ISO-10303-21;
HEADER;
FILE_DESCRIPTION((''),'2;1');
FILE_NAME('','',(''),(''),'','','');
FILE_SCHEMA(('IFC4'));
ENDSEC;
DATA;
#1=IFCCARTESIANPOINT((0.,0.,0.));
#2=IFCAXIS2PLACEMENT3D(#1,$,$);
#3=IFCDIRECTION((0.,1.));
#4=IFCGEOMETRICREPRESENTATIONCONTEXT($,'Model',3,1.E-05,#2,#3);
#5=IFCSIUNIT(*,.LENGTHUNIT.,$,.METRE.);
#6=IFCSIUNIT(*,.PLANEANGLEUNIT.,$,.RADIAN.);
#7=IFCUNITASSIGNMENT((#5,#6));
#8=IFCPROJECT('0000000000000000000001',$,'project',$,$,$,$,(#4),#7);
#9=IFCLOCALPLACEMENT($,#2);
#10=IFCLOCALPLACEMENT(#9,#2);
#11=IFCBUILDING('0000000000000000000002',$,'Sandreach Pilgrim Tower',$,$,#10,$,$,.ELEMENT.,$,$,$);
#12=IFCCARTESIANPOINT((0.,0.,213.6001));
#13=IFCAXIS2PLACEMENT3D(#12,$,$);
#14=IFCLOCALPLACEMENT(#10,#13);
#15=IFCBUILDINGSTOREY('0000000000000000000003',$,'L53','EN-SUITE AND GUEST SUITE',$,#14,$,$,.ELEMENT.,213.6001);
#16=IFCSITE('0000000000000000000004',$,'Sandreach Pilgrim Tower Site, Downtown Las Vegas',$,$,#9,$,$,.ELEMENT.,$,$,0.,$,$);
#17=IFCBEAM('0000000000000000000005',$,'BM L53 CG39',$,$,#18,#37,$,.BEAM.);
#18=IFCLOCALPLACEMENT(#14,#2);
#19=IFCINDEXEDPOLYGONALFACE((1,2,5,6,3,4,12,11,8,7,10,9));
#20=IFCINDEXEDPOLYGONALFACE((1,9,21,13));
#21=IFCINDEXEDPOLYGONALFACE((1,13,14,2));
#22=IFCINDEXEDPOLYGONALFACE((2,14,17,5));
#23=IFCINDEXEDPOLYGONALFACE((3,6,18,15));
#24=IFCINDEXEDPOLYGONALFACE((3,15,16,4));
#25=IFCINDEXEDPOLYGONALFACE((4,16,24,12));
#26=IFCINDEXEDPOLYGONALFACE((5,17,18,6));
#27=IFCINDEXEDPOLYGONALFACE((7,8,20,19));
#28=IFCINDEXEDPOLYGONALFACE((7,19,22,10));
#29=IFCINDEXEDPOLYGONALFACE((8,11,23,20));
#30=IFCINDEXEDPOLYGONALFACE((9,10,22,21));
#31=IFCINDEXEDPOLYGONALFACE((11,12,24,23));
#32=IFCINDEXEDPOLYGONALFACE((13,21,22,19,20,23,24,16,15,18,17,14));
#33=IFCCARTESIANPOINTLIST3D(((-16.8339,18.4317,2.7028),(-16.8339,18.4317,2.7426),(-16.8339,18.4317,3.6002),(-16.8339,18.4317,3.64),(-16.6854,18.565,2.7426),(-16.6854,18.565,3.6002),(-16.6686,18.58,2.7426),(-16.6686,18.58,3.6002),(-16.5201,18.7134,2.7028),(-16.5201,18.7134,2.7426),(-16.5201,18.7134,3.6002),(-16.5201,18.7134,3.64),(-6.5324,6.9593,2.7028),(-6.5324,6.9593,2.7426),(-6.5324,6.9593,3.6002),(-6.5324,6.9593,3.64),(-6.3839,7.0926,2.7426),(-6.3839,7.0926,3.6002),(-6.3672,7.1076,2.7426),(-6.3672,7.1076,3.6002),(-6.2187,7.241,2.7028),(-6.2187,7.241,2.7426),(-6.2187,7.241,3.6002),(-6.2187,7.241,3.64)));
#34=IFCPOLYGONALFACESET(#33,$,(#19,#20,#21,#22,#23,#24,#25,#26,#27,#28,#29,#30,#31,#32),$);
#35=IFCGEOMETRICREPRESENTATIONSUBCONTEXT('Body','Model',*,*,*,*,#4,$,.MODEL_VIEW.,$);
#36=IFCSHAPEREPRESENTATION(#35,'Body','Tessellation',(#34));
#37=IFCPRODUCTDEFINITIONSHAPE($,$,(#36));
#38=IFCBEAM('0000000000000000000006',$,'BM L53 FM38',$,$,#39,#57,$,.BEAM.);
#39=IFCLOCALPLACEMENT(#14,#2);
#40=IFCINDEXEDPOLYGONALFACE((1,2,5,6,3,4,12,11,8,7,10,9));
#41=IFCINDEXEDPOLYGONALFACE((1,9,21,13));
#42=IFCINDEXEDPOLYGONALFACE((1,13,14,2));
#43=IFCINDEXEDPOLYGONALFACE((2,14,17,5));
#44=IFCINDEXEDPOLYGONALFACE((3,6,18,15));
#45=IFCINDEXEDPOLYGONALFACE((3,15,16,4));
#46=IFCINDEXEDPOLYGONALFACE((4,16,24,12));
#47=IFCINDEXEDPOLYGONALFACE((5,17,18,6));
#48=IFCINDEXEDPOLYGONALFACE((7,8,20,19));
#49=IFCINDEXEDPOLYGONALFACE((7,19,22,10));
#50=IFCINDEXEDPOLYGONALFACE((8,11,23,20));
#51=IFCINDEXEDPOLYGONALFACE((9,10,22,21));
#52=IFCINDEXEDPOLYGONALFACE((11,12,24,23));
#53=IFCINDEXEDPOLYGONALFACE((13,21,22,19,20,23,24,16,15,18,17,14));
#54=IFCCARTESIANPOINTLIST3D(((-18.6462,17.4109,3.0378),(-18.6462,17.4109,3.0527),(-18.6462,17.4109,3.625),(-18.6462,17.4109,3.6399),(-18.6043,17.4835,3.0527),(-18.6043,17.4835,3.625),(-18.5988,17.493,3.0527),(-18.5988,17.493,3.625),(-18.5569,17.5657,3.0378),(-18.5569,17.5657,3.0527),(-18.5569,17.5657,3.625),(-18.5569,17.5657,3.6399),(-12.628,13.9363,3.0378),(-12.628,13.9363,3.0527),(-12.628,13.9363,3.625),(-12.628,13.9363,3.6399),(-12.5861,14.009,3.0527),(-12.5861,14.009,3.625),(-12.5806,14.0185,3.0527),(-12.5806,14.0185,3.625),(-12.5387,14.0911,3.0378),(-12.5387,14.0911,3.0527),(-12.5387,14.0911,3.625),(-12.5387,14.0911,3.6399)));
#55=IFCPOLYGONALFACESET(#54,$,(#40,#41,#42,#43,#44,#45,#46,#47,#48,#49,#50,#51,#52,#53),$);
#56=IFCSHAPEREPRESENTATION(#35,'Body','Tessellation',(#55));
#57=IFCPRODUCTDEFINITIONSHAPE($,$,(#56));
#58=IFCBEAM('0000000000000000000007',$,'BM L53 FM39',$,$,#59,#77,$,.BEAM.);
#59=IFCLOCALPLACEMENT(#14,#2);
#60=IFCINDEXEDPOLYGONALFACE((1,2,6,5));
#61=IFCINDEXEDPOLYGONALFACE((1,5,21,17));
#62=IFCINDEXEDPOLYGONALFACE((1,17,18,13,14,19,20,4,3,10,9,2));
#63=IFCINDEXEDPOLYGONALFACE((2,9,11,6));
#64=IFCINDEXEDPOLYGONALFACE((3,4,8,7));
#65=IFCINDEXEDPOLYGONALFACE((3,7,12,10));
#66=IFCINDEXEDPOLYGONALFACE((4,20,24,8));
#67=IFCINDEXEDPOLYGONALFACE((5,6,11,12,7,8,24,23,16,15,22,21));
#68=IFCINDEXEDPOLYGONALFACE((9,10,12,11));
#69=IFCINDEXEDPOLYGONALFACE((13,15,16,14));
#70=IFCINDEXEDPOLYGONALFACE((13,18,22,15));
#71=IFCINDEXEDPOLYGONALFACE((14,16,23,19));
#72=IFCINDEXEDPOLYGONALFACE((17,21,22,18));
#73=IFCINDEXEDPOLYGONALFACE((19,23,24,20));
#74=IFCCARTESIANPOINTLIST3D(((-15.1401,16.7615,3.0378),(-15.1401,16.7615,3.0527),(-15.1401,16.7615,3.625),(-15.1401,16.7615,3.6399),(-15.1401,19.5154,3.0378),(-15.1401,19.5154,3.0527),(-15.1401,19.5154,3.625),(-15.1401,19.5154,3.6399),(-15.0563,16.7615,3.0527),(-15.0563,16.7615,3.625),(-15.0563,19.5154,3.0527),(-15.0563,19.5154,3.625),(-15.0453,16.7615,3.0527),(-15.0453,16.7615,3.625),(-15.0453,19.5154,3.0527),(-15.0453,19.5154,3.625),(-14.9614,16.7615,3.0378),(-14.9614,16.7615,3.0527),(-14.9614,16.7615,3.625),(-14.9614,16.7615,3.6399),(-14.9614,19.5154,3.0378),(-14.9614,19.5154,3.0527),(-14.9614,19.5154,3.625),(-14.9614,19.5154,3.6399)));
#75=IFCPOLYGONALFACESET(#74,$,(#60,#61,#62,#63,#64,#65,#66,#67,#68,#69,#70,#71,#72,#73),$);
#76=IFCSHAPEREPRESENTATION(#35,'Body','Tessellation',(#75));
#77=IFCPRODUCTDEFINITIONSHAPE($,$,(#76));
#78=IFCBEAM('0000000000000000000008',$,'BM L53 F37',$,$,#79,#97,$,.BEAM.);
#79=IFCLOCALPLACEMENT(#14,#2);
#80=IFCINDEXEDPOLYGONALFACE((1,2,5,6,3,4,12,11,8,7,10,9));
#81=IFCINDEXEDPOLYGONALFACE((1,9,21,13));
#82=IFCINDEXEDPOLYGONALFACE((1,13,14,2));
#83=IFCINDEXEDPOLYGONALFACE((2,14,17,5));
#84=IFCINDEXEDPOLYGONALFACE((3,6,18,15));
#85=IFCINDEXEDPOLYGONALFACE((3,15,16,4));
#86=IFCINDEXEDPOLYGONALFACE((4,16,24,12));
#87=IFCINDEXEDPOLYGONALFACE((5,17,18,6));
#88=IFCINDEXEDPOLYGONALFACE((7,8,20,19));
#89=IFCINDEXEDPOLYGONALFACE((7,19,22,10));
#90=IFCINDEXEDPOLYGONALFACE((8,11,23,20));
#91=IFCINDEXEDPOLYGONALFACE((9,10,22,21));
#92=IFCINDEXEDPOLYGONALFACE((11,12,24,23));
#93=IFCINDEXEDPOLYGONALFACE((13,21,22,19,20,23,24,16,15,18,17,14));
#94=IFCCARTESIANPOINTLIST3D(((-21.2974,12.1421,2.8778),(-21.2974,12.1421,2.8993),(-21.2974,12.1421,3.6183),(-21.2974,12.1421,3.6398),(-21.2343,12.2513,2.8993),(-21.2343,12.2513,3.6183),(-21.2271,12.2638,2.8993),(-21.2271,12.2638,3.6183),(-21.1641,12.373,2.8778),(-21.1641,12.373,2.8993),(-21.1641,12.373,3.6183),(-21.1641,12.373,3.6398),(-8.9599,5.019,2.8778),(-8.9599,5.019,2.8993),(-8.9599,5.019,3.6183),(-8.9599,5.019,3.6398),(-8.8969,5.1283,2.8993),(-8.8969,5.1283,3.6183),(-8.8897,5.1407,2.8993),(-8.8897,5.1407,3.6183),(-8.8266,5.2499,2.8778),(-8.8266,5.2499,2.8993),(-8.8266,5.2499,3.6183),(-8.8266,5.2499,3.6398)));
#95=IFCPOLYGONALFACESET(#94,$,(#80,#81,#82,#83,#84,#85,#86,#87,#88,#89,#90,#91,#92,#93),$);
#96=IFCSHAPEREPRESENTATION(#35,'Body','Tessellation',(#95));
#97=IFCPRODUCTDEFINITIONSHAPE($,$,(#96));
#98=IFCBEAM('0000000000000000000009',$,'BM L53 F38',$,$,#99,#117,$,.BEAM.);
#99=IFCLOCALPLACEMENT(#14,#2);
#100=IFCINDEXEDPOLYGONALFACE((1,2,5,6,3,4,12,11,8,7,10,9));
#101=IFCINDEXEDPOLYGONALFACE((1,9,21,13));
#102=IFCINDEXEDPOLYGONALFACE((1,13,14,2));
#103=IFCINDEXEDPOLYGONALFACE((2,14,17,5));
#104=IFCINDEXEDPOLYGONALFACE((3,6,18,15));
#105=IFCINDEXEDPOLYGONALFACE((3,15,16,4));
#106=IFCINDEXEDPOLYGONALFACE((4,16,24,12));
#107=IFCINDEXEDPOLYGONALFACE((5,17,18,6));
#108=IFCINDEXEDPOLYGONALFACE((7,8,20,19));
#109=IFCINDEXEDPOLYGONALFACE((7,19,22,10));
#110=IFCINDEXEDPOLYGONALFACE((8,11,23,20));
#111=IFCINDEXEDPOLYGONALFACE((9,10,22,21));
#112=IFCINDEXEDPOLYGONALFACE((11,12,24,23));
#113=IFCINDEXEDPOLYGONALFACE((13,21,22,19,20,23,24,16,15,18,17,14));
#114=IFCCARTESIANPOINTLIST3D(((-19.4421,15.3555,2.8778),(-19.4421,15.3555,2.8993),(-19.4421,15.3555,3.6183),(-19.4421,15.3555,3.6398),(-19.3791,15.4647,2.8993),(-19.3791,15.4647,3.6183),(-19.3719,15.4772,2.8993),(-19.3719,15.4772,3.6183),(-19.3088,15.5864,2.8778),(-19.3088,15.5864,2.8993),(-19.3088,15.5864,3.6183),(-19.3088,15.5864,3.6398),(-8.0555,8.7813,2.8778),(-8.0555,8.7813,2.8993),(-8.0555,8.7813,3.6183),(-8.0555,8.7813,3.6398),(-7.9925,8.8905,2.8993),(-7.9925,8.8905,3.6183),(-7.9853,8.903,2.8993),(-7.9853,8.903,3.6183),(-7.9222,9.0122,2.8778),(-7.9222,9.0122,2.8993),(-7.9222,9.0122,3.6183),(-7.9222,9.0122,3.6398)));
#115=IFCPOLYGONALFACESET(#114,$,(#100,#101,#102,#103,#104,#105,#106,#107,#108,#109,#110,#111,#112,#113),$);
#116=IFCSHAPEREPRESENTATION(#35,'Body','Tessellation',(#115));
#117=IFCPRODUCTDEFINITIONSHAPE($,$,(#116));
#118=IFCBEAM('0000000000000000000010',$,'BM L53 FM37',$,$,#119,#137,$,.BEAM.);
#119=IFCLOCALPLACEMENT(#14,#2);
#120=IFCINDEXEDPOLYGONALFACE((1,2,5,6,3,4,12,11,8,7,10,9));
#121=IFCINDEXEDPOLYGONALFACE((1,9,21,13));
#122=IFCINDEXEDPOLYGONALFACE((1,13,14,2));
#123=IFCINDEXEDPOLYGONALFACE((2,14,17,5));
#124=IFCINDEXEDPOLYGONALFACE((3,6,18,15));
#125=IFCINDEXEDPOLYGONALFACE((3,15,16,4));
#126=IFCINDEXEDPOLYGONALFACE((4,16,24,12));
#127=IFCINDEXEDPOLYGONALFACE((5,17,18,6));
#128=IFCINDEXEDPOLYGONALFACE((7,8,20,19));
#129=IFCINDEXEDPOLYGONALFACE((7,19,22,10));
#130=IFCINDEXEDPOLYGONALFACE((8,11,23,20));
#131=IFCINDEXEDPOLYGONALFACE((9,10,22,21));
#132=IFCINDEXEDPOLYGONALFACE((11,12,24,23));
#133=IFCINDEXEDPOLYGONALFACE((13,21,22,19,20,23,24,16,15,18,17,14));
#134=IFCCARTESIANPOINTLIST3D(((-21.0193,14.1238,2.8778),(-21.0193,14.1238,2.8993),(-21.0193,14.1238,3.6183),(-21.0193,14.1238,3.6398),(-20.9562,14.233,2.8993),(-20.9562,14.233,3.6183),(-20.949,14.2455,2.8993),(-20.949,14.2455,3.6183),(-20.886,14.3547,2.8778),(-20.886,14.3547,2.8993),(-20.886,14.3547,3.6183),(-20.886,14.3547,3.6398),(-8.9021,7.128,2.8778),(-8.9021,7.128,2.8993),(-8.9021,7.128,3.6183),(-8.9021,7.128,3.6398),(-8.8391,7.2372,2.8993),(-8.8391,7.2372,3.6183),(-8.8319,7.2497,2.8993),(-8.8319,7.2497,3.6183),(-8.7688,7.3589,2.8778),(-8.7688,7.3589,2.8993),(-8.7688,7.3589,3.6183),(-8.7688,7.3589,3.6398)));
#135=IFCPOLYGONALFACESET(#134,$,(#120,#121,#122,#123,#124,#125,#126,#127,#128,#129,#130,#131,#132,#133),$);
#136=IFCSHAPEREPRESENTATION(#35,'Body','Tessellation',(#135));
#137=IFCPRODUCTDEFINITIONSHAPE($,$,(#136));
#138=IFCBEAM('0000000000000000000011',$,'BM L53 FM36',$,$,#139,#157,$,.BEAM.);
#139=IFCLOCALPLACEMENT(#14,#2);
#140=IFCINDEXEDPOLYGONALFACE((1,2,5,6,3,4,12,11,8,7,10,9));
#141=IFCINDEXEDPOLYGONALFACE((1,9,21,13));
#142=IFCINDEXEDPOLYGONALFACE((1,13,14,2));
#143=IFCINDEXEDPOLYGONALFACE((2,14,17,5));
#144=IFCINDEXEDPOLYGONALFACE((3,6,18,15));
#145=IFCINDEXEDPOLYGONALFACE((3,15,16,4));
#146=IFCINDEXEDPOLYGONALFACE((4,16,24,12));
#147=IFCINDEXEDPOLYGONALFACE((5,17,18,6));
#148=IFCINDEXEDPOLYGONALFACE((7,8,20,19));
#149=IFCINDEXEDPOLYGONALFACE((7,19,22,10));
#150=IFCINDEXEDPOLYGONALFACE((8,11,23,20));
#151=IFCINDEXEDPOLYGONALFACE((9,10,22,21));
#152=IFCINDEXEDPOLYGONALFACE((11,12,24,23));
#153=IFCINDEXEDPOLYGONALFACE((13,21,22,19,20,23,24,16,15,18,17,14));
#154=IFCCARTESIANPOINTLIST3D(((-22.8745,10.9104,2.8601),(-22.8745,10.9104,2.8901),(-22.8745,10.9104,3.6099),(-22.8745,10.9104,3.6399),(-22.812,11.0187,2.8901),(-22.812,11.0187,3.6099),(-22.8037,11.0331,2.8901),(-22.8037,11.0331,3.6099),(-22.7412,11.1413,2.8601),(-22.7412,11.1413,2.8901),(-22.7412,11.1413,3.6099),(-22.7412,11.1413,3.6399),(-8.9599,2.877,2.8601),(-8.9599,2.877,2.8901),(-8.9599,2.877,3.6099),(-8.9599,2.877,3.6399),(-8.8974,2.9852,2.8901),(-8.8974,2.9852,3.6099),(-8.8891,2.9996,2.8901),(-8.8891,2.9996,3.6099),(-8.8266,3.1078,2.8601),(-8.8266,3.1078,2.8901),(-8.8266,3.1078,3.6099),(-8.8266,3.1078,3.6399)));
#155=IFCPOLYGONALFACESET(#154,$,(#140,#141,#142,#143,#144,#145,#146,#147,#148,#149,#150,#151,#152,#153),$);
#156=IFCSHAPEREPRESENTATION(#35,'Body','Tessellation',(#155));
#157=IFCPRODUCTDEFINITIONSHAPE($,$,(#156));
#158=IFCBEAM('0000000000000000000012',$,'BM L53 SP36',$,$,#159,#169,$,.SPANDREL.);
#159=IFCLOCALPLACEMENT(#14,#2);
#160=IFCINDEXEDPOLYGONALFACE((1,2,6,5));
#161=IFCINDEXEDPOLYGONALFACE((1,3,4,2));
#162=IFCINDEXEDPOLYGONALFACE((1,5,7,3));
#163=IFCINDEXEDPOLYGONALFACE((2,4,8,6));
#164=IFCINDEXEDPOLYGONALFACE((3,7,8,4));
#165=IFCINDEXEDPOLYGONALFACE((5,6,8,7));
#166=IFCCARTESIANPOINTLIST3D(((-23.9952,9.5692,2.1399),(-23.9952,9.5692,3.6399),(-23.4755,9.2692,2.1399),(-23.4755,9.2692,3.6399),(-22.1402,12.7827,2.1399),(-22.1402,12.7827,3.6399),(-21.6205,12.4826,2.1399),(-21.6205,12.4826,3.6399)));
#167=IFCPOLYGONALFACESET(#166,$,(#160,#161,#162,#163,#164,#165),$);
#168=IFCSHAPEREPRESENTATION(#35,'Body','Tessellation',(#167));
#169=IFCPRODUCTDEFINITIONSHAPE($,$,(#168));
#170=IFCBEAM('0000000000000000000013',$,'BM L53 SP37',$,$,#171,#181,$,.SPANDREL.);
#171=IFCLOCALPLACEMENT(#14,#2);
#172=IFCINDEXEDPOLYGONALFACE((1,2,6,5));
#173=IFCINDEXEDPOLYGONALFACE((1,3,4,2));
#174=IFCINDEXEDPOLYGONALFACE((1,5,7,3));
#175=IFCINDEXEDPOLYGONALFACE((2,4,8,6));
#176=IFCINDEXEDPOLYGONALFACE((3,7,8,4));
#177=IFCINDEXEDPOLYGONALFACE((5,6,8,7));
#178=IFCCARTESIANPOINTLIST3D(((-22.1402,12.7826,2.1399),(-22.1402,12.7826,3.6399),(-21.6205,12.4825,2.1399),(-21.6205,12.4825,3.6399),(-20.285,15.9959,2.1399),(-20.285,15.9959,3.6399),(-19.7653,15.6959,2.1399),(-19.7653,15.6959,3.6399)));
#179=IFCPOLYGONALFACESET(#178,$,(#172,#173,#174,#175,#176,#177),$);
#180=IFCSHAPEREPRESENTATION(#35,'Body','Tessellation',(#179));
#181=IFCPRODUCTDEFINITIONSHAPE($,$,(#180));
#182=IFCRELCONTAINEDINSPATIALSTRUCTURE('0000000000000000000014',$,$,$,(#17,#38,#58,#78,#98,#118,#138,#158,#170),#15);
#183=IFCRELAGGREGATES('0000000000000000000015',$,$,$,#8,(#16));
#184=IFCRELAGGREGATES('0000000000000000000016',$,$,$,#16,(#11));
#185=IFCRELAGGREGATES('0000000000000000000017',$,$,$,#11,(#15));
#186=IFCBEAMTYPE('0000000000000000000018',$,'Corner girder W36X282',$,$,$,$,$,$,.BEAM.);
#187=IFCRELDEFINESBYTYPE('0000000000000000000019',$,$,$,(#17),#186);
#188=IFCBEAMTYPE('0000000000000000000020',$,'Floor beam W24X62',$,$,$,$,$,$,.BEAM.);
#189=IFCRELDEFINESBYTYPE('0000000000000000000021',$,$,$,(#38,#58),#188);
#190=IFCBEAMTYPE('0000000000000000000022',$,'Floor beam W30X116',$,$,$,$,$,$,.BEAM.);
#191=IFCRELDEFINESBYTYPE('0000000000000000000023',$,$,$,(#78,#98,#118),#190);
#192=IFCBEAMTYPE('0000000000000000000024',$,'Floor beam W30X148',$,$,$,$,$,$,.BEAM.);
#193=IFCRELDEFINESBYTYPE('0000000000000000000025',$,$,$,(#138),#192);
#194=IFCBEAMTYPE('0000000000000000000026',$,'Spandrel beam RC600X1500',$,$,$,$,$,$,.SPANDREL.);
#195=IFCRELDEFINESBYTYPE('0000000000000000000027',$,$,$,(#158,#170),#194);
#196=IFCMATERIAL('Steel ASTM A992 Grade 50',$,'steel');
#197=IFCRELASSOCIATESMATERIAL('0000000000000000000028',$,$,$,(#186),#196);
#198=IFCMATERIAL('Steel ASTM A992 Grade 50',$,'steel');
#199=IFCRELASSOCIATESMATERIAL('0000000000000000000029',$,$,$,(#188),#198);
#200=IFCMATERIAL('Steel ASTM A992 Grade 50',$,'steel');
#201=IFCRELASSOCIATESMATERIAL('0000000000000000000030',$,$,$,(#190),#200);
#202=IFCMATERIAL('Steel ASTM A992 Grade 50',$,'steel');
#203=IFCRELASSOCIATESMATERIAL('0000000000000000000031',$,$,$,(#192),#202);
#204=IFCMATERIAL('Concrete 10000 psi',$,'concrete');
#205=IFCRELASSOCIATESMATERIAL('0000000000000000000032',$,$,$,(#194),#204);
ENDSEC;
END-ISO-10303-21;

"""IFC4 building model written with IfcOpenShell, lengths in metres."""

from ifc_helpers import new_model, si_unit, direction, frame, origin, origin_2d, place, context, subcontext, project, spatial, rectangle, i_section, extrude, material, material_profile, profile_set, type_object, element, save


model = new_model("IFC4")

# Units and contexts
model_context = context("Model", 3, precision=1e-05, world=origin(), true_north=direction((0.0, 1.0)))
body_context = subcontext(model_context, "Body", "Model", "MODEL_VIEW")
ifc_project = project(units=[si_unit("LENGTHUNIT", "METRE"), si_unit("PLANEANGLEUNIT", "RADIAN")], contexts=[model_context])

# Site, building, storey
site_placement = place(None, origin())
site = spatial("IfcSite", under=ifc_project, at=site_placement, Name="Sandreach Pilgrim Tower Site, Downtown Las Vegas", CompositionType="ELEMENT", RefElevation=0.0)
building_placement = place(site_placement, origin())
building = spatial("IfcBuilding", under=site, at=building_placement, Name="Sandreach Pilgrim Tower", CompositionType="ELEMENT")
storey_placement = place(building_placement, frame((0.0, 0.0, 213.6001)))
storey = spatial("IfcBuildingStorey", under=building, at=storey_placement, Name="L53", Description="EN-SUITE AND GUEST SUITE", CompositionType="ELEMENT", Elevation=213.6001)

# Beams
ifc_material_1 = material(Name="Steel ASTM A992 Grade 50", Category="steel")
ifc_material_profile_1 = material_profile(ifc_material_1, i_section(OverallWidth=0.4216, OverallDepth=0.9373, WebThickness=0.0225, FlangeThickness=0.0398, at=origin_2d()), Name="W36X282")
ifc_profile_set_1 = profile_set([ifc_material_profile_1], Name="Steel ASTM A992 Grade 50")
beam_type_1 = type_object("IfcBeamType", Name="Corner girder W36X282", PredefinedType="BEAM", material=ifc_profile_set_1)
beam_1_placement = place(storey_placement, frame((-16.677, 18.5725, 3.1714), z_axis=(0.668117, -0.744057, 0.0), x_axis=(0.744057, 0.668117, 0.0)))
element("IfcBeam", 1, at=beam_1_placement, inside=storey, type_object=beam_type_1, Name="BM L53 CG39", PredefinedType="BEAM", context=body_context, shape_type="SweptSolid", body=[
    extrude(i_section(OverallWidth=0.4216, OverallDepth=0.9373, WebThickness=0.0225, FlangeThickness=0.0398, at=origin_2d()), origin(), (0.0, 0.0, 1.0), 15.4187),
])
ifc_material_2 = material(Name="Steel ASTM A992 Grade 50", Category="steel")
ifc_material_profile_2 = material_profile(ifc_material_2, i_section(OverallWidth=0.1787, OverallDepth=0.6021, WebThickness=0.011, FlangeThickness=0.0149, at=origin_2d()), Name="W24X62")
ifc_profile_set_2 = profile_set([ifc_material_profile_2], Name="Steel ASTM A992 Grade 50")
beam_type_2 = type_object("IfcBeamType", Name="Floor beam W24X62", PredefinedType="BEAM", material=ifc_profile_set_2)
beam_2_placement = place(storey_placement, frame((-18.6016, 17.4883, 3.3389), z_axis=(0.866029, -0.499993, 0.0), x_axis=(0.499993, 0.866029, 0.0)))
element("IfcBeam", 2, at=beam_2_placement, inside=storey, type_object=beam_type_2, Name="BM L53 FM38", PredefinedType="BEAM", context=body_context, shape_type="SweptSolid", body=[
    extrude(i_section(OverallWidth=0.1787, OverallDepth=0.6021, WebThickness=0.011, FlangeThickness=0.0149, at=origin_2d()), origin(), (0.0, 0.0, 1.0), 6.9492),
])
beam_3_placement = place(storey_placement, frame((-15.0508, 19.5154, 3.3389), z_axis=(0.0, -1.0, 0.0), x_axis=(1.0, 0.0, 0.0)))
element("IfcBeam", 3, at=beam_3_placement, inside=storey, type_object=beam_type_2, Name="BM L53 FM39", PredefinedType="BEAM", context=body_context, shape_type="SweptSolid", body=[
    extrude(i_section(OverallWidth=0.1787, OverallDepth=0.6021, WebThickness=0.011, FlangeThickness=0.0149, at=origin_2d()), origin(), (0.0, 0.0, 1.0), 2.7539),
])
ifc_material_3 = material(Name="Steel ASTM A992 Grade 50", Category="steel")
ifc_material_profile_3 = material_profile(ifc_material_3, i_section(OverallWidth=0.2666, OverallDepth=0.762, WebThickness=0.0144, FlangeThickness=0.0215, at=origin_2d()), Name="W30X116")
ifc_profile_set_3 = profile_set([ifc_material_profile_3], Name="Steel ASTM A992 Grade 50")
beam_type_3 = type_object("IfcBeamType", Name="Floor beam W30X116", PredefinedType="BEAM", material=ifc_profile_set_3)
beam_4_placement = place(storey_placement, frame((-21.2307, 12.2576, 3.2588), z_axis=(0.866024, -0.500002, 0.0), x_axis=(0.500002, 0.866024, 0.0)))
element("IfcBeam", 4, at=beam_4_placement, inside=storey, type_object=beam_type_3, Name="BM L53 F37", PredefinedType="BEAM", context=body_context, shape_type="SweptSolid", body=[
    extrude(i_section(OverallWidth=0.2666, OverallDepth=0.762, WebThickness=0.0144, FlangeThickness=0.0215, at=origin_2d()), origin(), (0.0, 0.0, 1.0), 14.2461),
])
beam_5_placement = place(storey_placement, frame((-19.3755, 15.4709, 3.2588), z_axis=(0.866022, -0.500005, 0.0), x_axis=(0.500005, 0.866022, 0.0)))
element("IfcBeam", 5, at=beam_5_placement, inside=storey, type_object=beam_type_3, Name="BM L53 F38", PredefinedType="BEAM", context=body_context, shape_type="SweptSolid", body=[
    extrude(i_section(OverallWidth=0.2666, OverallDepth=0.762, WebThickness=0.0144, FlangeThickness=0.0215, at=origin_2d()), origin(), (0.0, 0.0, 1.0), 13.1482),
])
beam_6_placement = place(storey_placement, frame((-20.9526, 14.2393, 3.2588), z_axis=(0.866026, -0.499999, 0.0), x_axis=(0.499999, 0.866026, 0.0)))
element("IfcBeam", 6, at=beam_6_placement, inside=storey, type_object=beam_type_3, Name="BM L53 FM37", PredefinedType="BEAM", context=body_context, shape_type="SweptSolid", body=[
    extrude(i_section(OverallWidth=0.2666, OverallDepth=0.762, WebThickness=0.0144, FlangeThickness=0.0215, at=origin_2d()), origin(), (0.0, 0.0, 1.0), 13.9917),
])
ifc_material_4 = material(Name="Steel ASTM A992 Grade 50", Category="steel")
ifc_material_profile_4 = material_profile(ifc_material_4, i_section(OverallWidth=0.2666, OverallDepth=0.7798, WebThickness=0.0166, FlangeThickness=0.03, at=origin_2d()), Name="W30X148")
ifc_profile_set_4 = profile_set([ifc_material_profile_4], Name="Steel ASTM A992 Grade 50")
beam_type_4 = type_object("IfcBeamType", Name="Floor beam W30X148", PredefinedType="BEAM", material=ifc_profile_set_4)
beam_7_placement = place(storey_placement, frame((-22.8079, 11.0259, 3.25), z_axis=(0.866029, -0.499994, 0.0), x_axis=(0.499994, 0.866029, 0.0)))
element("IfcBeam", 7, at=beam_7_placement, inside=storey, type_object=beam_type_4, Name="BM L53 FM36", PredefinedType="BEAM", context=body_context, shape_type="SweptSolid", body=[
    extrude(i_section(OverallWidth=0.2666, OverallDepth=0.7798, WebThickness=0.0166, FlangeThickness=0.03, at=origin_2d()), origin(), (0.0, 0.0, 1.0), 16.0671),
])
ifc_material_5 = material(Name="Concrete 10000 psi", Category="concrete")
ifc_material_profile_5 = material_profile(ifc_material_5, rectangle(XDim=0.6001, YDim=1.5, at=origin_2d()), Name="RC600X1500")
ifc_profile_set_5 = profile_set([ifc_material_profile_5], Name="Concrete 10000 psi")
beam_type_5 = type_object("IfcBeamType", Name="Spandrel beam RC600X1500", PredefinedType="SPANDREL", material=ifc_profile_set_5)
for number, where, z_axis, x_axis, name in (
    (8, (-23.7354, 9.4192, 2.8899), (0.499946, 0.866056, 0.0), (-0.866056, 0.499946, 0.0), "BM L53 SP36"),
    (9, (-21.8804, 12.6326, 2.8899), (0.499996, 0.866028, 0.0), (-0.866028, 0.499996, 0.0), "BM L53 SP37"),
):
    element("IfcBeam", number, at=place(storey_placement, frame(where, z_axis=z_axis, x_axis=x_axis)), inside=storey, type_object=beam_type_5, Name=name, PredefinedType="SPANDREL", context=body_context, shape_type="SweptSolid", body=[
        extrude(rectangle(XDim=0.6001, YDim=1.5, at=origin_2d()), origin(), (0.0, 0.0, 1.0), 3.7104),
    ])

save(model, "model.ifc")
